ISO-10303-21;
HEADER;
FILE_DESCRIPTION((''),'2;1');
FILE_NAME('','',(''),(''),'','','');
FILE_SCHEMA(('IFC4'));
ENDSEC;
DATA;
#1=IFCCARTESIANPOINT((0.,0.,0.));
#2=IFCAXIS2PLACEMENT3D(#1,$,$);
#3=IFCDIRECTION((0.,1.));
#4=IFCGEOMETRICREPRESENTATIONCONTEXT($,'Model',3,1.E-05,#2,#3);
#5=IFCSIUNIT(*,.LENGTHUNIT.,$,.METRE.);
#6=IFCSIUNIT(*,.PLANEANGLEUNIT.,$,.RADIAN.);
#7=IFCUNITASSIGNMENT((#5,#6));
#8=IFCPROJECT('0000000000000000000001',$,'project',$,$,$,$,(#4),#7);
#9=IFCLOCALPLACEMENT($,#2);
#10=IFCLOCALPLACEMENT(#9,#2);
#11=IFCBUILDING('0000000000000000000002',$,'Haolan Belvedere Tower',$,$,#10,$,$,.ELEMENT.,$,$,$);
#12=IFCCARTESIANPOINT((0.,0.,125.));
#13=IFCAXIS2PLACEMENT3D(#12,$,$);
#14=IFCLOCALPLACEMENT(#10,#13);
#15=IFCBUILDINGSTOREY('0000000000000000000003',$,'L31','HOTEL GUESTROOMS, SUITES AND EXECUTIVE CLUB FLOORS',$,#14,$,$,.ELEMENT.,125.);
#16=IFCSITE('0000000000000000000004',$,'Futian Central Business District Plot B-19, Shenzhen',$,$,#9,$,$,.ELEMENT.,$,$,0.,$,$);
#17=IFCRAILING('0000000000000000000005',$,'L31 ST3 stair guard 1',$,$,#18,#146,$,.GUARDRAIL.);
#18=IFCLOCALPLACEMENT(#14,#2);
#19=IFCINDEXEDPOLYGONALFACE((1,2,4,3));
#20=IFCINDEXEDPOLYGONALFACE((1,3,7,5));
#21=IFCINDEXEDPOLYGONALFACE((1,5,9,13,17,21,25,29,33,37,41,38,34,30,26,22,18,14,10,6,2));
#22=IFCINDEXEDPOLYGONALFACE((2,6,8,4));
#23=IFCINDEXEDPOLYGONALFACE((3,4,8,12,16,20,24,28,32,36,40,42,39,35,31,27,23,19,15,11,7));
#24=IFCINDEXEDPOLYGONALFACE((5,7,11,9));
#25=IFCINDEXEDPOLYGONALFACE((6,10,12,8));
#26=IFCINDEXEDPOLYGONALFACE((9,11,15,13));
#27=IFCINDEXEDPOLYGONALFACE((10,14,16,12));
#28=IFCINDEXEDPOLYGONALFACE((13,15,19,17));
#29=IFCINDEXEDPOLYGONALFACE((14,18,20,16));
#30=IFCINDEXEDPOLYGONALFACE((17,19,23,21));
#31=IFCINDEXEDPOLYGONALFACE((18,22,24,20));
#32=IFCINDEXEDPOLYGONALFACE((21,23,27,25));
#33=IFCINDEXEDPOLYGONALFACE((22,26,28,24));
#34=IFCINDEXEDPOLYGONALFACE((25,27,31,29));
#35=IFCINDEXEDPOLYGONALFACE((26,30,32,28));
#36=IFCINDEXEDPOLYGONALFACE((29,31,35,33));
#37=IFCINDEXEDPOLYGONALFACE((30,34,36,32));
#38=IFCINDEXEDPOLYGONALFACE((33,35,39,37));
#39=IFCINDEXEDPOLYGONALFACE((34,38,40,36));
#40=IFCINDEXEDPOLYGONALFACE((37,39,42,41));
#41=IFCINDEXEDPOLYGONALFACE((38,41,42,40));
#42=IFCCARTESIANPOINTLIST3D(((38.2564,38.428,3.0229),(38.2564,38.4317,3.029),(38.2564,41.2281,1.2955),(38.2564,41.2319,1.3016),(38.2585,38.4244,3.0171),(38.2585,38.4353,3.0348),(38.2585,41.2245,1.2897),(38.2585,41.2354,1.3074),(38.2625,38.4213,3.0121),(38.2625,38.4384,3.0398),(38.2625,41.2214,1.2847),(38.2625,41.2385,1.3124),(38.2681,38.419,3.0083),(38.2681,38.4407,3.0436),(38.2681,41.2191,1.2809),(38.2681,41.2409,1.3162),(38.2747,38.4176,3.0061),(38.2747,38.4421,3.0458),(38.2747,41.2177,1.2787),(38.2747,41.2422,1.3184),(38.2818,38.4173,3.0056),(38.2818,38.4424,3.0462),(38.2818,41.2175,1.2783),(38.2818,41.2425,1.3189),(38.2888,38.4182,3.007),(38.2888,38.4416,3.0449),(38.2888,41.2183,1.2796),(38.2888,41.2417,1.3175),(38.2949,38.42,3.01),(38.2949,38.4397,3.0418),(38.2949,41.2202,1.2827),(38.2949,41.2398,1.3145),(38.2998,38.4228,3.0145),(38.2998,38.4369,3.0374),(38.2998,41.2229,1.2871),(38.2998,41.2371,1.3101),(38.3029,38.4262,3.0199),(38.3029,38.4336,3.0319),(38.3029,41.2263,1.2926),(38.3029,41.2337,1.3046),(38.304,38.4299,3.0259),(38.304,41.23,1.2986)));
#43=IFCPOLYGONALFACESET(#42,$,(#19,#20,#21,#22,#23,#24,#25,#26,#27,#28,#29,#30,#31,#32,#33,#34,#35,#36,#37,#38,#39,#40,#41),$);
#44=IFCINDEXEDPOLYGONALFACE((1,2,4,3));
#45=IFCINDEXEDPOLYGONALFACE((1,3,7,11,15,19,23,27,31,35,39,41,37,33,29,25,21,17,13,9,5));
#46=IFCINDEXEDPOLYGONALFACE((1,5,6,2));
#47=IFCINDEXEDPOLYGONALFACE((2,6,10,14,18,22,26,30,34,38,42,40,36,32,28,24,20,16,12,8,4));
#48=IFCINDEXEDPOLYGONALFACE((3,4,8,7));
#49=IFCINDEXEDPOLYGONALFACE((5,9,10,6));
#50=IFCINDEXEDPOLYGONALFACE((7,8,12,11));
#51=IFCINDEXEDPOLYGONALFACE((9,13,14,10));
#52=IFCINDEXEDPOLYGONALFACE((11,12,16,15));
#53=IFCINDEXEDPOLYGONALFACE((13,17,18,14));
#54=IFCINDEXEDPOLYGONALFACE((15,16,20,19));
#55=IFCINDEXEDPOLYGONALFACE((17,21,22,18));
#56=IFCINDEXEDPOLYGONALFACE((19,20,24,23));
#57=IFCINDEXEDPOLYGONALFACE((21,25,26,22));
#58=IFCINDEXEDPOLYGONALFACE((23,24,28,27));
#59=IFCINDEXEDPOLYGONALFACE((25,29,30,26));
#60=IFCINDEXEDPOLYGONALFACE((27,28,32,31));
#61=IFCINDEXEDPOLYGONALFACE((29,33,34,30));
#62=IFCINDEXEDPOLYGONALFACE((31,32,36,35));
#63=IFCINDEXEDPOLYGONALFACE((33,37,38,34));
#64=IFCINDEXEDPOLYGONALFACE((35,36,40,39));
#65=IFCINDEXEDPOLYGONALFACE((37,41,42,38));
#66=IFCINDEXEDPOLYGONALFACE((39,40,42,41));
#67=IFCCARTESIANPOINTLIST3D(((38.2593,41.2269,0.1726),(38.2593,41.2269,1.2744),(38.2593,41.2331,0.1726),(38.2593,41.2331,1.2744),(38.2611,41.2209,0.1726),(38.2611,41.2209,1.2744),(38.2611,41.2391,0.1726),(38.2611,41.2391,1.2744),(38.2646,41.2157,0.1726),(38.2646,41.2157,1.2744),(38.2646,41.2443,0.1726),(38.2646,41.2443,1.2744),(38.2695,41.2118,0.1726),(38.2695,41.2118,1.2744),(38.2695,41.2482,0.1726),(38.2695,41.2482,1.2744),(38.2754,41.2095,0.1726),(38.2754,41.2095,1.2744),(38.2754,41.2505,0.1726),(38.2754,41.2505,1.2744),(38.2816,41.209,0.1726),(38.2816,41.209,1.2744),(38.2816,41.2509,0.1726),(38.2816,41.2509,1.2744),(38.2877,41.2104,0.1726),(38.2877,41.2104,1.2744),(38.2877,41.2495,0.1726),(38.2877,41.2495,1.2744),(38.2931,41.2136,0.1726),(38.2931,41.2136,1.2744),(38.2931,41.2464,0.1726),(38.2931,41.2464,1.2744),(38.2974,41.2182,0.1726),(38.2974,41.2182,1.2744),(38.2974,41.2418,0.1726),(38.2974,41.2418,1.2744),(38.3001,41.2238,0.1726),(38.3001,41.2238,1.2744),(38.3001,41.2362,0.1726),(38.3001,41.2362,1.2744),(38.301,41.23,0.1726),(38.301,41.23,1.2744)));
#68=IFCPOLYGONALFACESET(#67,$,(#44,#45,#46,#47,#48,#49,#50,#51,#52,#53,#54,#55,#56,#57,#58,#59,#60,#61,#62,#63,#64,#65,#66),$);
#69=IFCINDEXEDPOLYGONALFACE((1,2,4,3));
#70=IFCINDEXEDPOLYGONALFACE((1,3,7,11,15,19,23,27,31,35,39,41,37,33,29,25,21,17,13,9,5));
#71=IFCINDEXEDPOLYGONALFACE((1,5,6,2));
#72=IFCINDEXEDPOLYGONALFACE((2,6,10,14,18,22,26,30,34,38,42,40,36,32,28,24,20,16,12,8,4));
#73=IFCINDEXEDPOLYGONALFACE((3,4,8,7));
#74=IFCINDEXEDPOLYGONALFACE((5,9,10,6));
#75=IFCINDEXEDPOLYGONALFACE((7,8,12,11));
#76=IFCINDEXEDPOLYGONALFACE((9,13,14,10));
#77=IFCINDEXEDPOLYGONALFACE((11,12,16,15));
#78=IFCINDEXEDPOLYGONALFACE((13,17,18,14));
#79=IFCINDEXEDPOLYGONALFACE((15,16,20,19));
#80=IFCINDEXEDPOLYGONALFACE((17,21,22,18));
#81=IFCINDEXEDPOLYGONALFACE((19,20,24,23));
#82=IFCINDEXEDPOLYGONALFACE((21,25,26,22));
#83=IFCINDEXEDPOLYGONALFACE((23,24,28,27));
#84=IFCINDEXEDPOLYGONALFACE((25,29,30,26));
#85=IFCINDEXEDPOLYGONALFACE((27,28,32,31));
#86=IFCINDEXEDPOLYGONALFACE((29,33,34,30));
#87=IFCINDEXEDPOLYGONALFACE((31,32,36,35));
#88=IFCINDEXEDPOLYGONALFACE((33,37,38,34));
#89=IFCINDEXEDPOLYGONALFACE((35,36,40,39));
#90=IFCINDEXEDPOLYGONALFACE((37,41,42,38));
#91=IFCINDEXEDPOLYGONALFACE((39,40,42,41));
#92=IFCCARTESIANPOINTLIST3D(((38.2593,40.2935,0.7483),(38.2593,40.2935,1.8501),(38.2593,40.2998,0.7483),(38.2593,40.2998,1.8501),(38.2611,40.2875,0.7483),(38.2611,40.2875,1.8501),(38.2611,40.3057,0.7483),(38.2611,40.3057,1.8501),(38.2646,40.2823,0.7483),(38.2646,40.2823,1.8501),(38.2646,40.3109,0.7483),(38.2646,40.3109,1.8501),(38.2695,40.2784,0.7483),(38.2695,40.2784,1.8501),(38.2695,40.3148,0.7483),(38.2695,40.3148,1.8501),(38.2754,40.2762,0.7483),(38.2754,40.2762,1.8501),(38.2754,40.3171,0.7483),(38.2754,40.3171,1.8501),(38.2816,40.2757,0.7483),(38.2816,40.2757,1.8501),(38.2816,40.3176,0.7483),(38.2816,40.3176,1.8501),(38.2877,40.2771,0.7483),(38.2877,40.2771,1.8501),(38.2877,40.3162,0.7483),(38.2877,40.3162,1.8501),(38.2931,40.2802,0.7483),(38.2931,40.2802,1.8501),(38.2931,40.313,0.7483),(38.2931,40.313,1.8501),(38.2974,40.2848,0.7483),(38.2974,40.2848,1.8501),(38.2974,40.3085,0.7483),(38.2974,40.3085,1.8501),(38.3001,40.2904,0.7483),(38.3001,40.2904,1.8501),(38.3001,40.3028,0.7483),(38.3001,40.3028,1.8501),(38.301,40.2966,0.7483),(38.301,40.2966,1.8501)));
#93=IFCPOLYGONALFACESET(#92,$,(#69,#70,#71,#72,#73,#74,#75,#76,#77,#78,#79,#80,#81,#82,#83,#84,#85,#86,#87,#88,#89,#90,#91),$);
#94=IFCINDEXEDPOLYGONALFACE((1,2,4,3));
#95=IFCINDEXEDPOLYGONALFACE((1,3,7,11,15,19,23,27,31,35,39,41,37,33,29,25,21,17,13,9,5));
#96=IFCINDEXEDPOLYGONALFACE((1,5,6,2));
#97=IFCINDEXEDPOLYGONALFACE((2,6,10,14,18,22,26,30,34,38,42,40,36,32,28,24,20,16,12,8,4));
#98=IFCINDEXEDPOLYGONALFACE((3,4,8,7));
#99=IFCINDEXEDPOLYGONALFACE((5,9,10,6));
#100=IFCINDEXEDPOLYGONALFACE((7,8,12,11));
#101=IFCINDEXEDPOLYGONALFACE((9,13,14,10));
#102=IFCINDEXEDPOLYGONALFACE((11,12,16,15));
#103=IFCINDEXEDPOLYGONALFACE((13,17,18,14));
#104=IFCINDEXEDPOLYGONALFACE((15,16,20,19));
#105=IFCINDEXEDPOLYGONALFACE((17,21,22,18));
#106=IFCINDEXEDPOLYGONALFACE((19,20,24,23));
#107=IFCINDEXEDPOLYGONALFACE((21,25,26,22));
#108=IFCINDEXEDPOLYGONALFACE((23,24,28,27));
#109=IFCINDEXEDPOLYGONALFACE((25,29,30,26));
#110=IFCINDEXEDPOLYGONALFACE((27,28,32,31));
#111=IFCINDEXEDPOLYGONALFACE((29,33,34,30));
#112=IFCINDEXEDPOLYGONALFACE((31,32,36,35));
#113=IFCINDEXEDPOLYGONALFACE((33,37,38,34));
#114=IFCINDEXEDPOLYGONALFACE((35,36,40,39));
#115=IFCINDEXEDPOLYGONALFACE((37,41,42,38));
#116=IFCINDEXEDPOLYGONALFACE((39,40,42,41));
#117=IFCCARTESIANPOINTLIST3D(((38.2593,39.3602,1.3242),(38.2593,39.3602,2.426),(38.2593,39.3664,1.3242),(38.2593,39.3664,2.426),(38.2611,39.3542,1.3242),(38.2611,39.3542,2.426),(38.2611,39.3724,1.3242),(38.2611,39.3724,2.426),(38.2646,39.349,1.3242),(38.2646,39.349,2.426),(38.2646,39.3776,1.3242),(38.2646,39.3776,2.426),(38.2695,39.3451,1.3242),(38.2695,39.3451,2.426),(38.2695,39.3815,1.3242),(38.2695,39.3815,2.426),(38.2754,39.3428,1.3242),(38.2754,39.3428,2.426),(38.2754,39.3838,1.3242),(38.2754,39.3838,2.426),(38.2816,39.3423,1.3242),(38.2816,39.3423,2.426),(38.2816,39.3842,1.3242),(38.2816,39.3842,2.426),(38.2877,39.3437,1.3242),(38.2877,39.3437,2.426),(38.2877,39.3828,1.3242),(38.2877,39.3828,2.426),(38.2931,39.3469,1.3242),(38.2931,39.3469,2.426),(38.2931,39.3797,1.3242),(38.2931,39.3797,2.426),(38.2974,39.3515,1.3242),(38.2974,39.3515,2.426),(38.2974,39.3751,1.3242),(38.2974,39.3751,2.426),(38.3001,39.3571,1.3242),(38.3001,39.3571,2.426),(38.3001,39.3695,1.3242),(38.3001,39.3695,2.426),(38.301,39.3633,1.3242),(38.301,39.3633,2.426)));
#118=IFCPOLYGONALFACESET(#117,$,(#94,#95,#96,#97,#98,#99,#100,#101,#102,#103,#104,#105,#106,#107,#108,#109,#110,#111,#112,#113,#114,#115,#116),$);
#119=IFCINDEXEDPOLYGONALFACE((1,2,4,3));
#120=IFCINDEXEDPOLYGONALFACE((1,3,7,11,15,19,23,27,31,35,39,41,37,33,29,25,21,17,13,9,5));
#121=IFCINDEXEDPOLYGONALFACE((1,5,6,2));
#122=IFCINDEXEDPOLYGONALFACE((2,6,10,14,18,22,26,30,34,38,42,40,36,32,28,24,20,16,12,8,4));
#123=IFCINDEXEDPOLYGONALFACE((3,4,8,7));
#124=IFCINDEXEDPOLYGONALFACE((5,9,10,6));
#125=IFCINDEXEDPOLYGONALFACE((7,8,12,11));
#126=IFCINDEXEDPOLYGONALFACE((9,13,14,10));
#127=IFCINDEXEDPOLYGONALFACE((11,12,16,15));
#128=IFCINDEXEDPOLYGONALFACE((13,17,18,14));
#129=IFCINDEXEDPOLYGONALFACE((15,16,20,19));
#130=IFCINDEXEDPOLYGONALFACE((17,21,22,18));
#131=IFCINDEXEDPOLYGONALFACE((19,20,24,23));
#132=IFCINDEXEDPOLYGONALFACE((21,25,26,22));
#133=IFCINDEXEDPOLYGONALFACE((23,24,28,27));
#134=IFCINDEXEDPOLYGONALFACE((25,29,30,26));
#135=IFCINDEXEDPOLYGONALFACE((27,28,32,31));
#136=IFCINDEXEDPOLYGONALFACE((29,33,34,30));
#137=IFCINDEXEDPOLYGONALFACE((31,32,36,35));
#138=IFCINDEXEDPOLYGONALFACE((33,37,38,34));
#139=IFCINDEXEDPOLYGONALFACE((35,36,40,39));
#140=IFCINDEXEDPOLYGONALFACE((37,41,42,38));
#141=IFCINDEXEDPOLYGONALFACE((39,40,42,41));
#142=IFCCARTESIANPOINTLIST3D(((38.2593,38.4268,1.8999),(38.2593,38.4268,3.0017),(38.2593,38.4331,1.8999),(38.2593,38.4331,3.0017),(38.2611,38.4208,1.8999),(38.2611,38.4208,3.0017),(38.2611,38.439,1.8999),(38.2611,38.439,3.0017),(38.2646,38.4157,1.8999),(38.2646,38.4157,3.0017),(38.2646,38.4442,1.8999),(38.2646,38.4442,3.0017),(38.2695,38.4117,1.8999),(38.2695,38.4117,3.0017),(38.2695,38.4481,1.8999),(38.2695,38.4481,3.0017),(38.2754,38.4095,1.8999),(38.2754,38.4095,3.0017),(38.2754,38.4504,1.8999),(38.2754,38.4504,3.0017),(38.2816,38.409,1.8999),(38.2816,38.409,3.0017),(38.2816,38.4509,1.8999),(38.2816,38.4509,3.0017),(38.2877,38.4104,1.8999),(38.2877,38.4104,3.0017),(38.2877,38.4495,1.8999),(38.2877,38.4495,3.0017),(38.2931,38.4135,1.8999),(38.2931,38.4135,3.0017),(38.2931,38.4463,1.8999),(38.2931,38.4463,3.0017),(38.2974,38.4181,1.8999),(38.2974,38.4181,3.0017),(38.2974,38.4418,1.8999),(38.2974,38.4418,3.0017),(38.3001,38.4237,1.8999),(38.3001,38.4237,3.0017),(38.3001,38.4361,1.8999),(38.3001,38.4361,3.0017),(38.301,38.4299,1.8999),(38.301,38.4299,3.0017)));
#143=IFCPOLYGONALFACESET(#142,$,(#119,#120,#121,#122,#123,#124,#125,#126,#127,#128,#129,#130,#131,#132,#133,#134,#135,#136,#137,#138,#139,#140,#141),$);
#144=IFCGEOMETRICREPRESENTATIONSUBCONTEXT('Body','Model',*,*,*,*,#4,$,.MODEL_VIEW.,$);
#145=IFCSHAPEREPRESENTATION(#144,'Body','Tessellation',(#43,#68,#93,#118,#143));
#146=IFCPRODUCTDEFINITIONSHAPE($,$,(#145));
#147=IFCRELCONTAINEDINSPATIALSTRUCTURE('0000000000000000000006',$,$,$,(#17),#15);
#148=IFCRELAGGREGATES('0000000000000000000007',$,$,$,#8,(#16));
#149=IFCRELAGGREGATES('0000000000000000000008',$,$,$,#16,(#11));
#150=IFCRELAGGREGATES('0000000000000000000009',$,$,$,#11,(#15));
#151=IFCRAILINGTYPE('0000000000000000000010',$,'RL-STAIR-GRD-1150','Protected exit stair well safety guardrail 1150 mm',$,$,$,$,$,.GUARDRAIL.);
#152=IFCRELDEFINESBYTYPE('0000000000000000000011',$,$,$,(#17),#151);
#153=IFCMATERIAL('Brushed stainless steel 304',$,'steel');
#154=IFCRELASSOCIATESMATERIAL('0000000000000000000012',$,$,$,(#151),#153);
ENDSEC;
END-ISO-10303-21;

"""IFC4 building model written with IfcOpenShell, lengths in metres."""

from ifc_helpers import new_model, si_unit, direction, frame, origin, origin_2d, place, context, subcontext, project, spatial, circle, extrude, material, type_object, element, save


model = new_model("IFC4")

# Units and contexts
model_context = context("Model", 3, precision=1e-05, world=origin(), true_north=direction((0.0, 1.0)))
body_context = subcontext(model_context, "Body", "Model", "MODEL_VIEW")
ifc_project = project(units=[si_unit("LENGTHUNIT", "METRE"), si_unit("PLANEANGLEUNIT", "RADIAN")], contexts=[model_context])

# Site, building, storey
site_placement = place(None, origin())
site = spatial("IfcSite", under=ifc_project, at=site_placement, Name="Futian Central Business District Plot B-19, Shenzhen", CompositionType="ELEMENT", RefElevation=0.0)
building_placement = place(site_placement, origin())
building = spatial("IfcBuilding", under=site, at=building_placement, Name="Haolan Belvedere Tower", CompositionType="ELEMENT")
storey_placement = place(building_placement, frame((0.0, 0.0, 125.0)))
storey = spatial("IfcBuildingStorey", under=building, at=storey_placement, Name="L31", Description="HOTEL GUESTROOMS, SUITES AND EXECUTIVE CLUB FLOORS", CompositionType="ELEMENT", Elevation=125.0)

# Railing
ifc_material_1 = material(Name="Brushed stainless steel 304", Category="steel")
railing_type_1 = type_object("IfcRailingType", Name="RL-STAIR-GRD-1150", Description="Protected exit stair well safety guardrail 1150 mm", PredefinedType="GUARDRAIL", material=ifc_material_1)
railing_1_placement = place(storey_placement, frame((38.28, 41.23, 0.1726)))
element("IfcRailing", 1, at=railing_1_placement, inside=storey, type_object=railing_type_1, Name="L31 ST3 stair guard 1", PredefinedType="GUARDRAIL", context=body_context, shape_type="SweptSolid", body=[
    extrude(circle(Radius=0.0239, at=origin_2d()), frame((0.0, 0.0, 1.126), z_axis=(0.0, -0.85109, 0.52502), x_axis=(1.0, 0.0, 0.0)), (0.0, 0.0, 1.0), 3.29),
    extrude(circle(Radius=0.021, at=origin_2d()), origin(), (0.0, 0.0, 1.0), 1.1018),
    extrude(circle(Radius=0.021, at=origin_2d()), frame((0.0, -0.9333, 0.5757)), (0.0, 0.0, 1.0), 1.1018),
    extrude(circle(Radius=0.021, at=origin_2d()), frame((0.0, -1.8667, 1.1516)), (0.0, 0.0, 1.0), 1.1018),
    extrude(circle(Radius=0.021, at=origin_2d()), frame((0.0, -2.8, 1.7273)), (0.0, 0.0, 1.0), 1.1018),
])

save(model, "model.ifc")
